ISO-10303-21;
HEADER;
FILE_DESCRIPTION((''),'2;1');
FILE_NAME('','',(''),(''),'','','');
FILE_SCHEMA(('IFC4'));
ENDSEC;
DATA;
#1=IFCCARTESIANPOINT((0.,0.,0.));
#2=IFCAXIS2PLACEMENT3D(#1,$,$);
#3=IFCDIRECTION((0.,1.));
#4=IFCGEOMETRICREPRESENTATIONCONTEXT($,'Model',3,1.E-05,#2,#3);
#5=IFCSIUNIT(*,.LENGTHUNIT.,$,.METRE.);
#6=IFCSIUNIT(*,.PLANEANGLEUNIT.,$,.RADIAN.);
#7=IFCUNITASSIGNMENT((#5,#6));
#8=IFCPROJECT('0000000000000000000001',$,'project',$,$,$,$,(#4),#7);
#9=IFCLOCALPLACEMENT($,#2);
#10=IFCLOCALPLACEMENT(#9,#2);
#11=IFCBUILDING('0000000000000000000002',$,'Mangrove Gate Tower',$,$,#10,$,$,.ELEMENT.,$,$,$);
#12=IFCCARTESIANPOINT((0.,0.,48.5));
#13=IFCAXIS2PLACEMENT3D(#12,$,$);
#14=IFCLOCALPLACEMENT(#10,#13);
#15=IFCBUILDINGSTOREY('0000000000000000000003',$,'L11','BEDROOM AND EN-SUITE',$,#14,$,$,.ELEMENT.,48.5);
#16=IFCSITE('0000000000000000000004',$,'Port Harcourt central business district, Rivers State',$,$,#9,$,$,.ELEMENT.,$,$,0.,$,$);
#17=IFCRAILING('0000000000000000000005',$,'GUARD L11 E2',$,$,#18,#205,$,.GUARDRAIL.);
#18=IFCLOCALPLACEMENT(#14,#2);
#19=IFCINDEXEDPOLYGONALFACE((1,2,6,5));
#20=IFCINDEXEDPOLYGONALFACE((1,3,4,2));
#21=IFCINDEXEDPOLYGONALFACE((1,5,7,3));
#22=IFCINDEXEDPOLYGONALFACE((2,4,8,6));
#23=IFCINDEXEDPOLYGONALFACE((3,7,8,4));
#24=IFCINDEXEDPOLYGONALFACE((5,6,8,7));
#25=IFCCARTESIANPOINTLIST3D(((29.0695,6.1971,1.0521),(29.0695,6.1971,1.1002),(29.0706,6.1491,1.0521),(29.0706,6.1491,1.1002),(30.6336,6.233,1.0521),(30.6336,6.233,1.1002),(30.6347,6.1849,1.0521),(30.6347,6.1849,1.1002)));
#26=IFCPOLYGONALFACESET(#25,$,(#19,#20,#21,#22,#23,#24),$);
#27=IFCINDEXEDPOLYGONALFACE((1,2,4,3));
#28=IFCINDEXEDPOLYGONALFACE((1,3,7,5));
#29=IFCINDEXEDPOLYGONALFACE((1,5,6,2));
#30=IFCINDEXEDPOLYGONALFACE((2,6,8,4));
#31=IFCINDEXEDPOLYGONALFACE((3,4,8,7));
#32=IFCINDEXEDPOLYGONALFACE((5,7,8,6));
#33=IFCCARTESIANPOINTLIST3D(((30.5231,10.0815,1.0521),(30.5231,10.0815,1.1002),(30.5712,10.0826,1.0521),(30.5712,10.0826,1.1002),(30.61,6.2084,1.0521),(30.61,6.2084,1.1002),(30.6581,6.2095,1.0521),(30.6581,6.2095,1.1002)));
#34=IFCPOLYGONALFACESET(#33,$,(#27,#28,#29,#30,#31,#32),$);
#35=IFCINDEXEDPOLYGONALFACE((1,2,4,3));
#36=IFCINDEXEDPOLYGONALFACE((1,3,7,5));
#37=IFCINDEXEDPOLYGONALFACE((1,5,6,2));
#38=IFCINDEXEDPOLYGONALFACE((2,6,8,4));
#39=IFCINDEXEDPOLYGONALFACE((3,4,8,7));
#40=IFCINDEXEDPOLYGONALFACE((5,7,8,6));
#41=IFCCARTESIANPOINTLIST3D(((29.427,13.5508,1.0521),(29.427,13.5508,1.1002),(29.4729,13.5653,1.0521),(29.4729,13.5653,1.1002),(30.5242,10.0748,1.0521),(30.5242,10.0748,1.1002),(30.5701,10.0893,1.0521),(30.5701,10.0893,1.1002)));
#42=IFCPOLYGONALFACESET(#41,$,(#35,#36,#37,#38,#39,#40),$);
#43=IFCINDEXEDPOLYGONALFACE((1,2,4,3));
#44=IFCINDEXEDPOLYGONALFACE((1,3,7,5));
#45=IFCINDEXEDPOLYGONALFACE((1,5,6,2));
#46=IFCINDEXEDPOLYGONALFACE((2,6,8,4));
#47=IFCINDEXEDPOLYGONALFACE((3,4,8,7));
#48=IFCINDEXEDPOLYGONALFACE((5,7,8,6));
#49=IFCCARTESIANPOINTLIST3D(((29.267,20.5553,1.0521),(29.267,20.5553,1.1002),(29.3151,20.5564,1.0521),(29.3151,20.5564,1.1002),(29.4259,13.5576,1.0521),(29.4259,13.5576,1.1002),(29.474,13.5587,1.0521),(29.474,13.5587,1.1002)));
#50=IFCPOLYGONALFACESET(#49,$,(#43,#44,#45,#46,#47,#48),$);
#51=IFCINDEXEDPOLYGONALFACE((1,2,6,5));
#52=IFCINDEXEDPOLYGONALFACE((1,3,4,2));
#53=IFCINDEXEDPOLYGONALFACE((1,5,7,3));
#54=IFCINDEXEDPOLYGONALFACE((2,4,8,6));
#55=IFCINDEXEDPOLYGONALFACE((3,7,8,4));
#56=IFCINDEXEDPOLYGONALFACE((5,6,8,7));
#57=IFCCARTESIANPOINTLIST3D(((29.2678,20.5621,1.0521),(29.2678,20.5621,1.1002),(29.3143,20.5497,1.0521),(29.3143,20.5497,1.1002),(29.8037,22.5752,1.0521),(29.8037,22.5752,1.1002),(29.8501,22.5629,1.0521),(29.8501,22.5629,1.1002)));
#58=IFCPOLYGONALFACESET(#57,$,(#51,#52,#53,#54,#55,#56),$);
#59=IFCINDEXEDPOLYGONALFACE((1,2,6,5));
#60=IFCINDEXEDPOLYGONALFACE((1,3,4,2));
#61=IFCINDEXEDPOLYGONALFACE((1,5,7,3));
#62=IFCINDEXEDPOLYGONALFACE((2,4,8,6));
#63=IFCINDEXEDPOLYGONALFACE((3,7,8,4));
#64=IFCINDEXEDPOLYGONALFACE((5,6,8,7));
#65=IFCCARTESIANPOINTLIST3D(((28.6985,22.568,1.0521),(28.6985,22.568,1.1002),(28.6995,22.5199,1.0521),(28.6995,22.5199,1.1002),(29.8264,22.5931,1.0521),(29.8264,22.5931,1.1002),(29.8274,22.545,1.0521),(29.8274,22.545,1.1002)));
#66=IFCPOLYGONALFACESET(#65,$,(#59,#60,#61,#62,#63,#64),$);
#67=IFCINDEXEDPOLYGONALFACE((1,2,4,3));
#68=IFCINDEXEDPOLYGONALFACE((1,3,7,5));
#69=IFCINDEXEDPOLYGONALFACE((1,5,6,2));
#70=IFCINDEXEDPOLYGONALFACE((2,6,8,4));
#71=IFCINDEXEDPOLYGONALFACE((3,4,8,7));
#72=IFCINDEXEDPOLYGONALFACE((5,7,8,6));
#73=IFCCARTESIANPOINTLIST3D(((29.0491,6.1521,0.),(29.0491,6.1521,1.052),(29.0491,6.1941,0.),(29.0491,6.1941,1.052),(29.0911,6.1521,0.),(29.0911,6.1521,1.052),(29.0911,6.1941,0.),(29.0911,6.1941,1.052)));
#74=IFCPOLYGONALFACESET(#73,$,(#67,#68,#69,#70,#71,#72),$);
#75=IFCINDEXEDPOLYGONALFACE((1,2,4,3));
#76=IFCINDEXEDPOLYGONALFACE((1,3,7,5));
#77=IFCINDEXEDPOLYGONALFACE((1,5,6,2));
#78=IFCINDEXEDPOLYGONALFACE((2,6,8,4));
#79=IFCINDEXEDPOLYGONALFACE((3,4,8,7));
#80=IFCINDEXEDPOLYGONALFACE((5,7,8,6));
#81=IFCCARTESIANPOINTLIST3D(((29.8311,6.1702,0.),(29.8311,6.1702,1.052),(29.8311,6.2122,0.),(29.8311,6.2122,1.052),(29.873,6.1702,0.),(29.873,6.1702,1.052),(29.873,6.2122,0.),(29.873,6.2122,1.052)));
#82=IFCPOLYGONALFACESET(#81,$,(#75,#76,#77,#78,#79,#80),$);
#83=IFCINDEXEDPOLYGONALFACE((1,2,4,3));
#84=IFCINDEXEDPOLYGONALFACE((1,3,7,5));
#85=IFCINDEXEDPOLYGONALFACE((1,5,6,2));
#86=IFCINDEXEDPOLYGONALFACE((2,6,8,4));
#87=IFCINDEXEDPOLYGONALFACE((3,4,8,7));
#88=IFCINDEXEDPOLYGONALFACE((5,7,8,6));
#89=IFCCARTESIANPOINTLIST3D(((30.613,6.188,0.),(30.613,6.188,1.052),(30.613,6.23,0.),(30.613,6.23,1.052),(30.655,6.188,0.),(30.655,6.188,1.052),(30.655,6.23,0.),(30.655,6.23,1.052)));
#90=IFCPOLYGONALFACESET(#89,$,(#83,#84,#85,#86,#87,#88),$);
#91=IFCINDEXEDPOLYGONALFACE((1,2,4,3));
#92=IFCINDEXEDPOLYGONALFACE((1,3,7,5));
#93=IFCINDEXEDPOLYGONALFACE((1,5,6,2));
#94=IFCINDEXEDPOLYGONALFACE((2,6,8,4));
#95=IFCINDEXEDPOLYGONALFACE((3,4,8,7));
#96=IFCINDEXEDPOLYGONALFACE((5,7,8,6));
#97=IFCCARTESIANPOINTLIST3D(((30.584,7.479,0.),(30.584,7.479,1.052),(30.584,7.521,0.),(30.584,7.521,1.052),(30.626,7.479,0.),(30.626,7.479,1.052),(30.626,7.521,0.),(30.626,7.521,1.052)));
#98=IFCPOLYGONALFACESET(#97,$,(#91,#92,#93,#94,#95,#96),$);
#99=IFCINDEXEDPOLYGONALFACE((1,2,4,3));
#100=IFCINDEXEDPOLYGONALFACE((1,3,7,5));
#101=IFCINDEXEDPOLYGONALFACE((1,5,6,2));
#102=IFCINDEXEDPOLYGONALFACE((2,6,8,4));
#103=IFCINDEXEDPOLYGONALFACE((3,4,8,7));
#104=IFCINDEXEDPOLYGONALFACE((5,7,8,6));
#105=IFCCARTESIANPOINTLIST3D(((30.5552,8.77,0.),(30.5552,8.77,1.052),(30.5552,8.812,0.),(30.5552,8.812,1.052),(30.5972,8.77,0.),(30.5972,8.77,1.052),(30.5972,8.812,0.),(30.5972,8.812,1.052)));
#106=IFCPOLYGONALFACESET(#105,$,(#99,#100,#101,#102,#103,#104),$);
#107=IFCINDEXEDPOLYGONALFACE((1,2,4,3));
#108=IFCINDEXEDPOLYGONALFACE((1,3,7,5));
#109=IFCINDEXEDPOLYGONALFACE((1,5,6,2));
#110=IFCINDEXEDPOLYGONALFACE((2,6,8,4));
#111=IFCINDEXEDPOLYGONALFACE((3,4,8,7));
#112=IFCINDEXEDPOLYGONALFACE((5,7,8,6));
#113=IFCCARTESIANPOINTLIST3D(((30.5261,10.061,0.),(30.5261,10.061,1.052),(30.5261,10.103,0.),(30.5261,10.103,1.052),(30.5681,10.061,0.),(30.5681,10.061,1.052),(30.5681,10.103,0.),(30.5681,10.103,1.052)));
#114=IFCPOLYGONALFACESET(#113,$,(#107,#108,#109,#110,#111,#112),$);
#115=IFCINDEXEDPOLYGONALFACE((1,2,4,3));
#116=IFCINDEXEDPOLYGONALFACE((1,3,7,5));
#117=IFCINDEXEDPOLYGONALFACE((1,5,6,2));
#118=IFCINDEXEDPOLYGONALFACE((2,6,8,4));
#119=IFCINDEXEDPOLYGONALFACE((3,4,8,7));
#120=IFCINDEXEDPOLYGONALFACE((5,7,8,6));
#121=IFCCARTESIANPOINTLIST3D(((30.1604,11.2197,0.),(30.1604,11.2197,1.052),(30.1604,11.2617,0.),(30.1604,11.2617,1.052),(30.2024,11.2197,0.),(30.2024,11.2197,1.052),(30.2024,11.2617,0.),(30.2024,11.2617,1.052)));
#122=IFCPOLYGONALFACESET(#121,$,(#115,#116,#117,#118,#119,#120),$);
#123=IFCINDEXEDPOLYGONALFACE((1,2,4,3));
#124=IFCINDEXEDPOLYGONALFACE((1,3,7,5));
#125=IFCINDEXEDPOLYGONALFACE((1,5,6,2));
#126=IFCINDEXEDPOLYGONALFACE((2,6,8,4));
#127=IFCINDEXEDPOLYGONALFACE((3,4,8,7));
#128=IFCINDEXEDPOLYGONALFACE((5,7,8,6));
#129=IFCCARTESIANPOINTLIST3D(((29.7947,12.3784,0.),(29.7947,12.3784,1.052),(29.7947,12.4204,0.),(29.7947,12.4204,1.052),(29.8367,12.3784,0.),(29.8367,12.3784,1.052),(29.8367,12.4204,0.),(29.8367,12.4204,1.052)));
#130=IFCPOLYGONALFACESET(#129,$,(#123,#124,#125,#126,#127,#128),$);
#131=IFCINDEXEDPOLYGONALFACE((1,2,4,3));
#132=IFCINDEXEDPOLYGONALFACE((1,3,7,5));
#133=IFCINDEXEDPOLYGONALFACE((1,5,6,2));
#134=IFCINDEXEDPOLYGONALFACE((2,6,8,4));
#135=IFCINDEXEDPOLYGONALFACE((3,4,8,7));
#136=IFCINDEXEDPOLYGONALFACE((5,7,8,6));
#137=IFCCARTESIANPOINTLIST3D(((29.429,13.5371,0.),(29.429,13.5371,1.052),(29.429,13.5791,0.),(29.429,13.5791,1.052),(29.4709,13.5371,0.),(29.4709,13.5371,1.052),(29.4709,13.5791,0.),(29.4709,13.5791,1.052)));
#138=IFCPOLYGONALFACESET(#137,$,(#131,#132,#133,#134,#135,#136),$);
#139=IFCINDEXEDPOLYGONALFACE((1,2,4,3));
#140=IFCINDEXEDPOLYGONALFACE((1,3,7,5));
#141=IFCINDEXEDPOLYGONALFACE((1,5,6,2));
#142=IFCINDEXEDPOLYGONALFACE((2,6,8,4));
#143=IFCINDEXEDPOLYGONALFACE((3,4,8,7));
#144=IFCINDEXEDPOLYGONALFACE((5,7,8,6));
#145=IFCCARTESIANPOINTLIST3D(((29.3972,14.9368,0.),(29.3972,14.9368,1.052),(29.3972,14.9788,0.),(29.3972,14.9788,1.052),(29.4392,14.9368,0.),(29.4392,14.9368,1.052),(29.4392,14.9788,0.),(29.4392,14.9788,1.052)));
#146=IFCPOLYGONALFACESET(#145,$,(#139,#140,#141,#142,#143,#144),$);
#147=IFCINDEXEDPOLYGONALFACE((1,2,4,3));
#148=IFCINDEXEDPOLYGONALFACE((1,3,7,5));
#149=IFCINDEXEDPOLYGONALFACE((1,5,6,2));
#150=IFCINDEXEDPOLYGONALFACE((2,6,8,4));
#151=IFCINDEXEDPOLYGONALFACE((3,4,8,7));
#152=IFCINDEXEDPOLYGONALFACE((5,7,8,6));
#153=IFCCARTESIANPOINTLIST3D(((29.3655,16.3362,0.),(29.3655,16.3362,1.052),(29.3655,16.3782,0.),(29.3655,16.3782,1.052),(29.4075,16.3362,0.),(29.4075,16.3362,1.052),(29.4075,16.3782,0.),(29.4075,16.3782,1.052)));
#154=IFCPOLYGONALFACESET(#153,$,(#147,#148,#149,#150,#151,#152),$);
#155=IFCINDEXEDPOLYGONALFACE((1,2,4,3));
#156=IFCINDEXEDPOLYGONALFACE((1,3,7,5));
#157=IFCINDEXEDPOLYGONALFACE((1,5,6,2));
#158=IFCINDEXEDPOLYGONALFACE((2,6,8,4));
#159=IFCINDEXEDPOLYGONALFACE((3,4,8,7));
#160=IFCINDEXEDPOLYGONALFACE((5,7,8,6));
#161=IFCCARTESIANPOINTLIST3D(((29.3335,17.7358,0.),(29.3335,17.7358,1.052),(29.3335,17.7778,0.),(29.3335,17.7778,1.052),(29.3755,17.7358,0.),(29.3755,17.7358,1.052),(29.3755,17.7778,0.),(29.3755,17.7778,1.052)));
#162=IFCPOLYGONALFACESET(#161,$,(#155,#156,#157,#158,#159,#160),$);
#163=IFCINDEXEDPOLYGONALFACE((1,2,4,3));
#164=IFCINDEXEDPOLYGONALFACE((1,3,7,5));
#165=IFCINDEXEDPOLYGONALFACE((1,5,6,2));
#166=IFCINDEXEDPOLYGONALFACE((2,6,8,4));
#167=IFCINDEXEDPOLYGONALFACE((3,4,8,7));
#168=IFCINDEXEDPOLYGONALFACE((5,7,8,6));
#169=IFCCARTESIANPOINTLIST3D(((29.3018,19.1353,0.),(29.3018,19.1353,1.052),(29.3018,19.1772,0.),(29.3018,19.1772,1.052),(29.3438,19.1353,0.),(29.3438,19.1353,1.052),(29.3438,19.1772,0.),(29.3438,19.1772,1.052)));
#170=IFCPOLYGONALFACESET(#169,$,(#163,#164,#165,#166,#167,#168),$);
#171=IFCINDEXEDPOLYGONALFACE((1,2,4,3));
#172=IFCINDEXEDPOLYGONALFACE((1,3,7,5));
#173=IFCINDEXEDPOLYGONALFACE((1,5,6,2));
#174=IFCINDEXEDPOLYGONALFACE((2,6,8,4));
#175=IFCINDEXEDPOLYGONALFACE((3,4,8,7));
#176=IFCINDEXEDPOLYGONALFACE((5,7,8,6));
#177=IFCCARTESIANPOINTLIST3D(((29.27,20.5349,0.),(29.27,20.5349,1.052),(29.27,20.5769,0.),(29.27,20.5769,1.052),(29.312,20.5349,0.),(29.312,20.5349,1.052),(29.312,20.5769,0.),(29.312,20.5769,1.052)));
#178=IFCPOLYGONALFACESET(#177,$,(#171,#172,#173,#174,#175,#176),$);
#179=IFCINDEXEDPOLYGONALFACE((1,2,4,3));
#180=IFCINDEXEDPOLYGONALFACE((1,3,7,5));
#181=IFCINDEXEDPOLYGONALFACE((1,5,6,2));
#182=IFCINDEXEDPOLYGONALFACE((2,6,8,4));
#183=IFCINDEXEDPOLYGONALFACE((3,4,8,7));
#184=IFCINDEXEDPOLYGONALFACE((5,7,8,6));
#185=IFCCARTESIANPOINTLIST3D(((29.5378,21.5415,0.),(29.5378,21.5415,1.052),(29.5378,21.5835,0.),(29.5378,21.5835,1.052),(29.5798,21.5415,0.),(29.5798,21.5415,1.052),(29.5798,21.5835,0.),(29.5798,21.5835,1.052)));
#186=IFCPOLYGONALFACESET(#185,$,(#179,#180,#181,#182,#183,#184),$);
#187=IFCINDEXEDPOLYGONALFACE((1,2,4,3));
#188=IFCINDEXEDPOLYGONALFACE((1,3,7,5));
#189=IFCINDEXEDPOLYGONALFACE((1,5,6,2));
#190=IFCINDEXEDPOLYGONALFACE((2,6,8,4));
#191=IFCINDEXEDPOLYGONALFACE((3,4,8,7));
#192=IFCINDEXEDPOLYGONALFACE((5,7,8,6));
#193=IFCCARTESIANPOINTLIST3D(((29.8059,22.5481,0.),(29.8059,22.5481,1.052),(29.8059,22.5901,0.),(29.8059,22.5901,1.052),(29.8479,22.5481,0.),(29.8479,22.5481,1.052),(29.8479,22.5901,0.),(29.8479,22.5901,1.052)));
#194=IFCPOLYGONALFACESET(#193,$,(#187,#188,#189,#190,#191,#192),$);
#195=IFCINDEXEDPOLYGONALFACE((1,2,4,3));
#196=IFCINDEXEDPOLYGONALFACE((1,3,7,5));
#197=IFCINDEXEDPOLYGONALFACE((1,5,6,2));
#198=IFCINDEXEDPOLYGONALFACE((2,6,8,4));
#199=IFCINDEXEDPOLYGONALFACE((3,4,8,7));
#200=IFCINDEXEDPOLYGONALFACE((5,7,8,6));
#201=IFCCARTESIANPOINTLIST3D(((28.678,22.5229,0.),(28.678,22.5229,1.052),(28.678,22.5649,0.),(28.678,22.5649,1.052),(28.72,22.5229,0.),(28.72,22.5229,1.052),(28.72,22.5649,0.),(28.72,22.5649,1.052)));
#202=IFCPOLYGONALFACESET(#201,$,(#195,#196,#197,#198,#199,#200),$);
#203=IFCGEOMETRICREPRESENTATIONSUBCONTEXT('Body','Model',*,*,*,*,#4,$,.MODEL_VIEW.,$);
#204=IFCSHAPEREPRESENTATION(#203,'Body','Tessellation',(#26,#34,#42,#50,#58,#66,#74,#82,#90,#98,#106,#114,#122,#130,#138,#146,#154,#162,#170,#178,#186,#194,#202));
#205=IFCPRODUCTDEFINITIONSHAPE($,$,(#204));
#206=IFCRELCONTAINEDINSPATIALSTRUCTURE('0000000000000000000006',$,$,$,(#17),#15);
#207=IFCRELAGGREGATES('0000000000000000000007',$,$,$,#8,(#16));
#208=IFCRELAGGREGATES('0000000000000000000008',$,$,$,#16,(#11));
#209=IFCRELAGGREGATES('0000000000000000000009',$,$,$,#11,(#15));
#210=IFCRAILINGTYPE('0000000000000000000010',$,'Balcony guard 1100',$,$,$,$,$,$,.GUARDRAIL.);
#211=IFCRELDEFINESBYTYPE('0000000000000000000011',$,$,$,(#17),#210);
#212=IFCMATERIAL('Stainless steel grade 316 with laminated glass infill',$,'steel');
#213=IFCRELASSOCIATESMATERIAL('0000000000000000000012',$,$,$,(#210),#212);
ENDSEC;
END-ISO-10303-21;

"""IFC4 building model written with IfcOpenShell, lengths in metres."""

from ifc_helpers import new_model, si_unit, direction, frame, origin, origin_2d, place, context, subcontext, project, spatial, rectangle, extrude, material, type_object, element, save


model = new_model("IFC4")

# Units and contexts
model_context = context("Model", 3, precision=1e-05, world=origin(), true_north=direction((0.0, 1.0)))
body_context = subcontext(model_context, "Body", "Model", "MODEL_VIEW")
ifc_project = project(units=[si_unit("LENGTHUNIT", "METRE"), si_unit("PLANEANGLEUNIT", "RADIAN")], contexts=[model_context])

# Site, building, storey
site_placement = place(None, origin())
site = spatial("IfcSite", under=ifc_project, at=site_placement, Name="Port Harcourt central business district, Rivers State", CompositionType="ELEMENT", RefElevation=0.0)
building_placement = place(site_placement, origin())
building = spatial("IfcBuilding", under=site, at=building_placement, Name="Mangrove Gate Tower", CompositionType="ELEMENT")
storey_placement = place(building_placement, frame((0.0, 0.0, 48.5)))
storey = spatial("IfcBuildingStorey", under=building, at=storey_placement, Name="L11", Description="BEDROOM AND EN-SUITE", CompositionType="ELEMENT", Elevation=48.5)

# Railing
ifc_material_1 = material(Name="Stainless steel grade 316 with laminated glass infill", Category="steel")
railing_type = type_object("IfcRailingType", Name="Balcony guard 1100", PredefinedType="GUARDRAIL", material=ifc_material_1)
railing_placement = place(storey_placement, frame((29.0701, 6.1731, 0.0)))
element("IfcRailing", 1, at=railing_placement, inside=storey, type_object=railing_type, Name="GUARD L11 E2", PredefinedType="GUARDRAIL", context=body_context, shape_type="SweptSolid", body=[
    extrude(rectangle(XDim=0.0481, YDim=0.0481, at=origin_2d()), frame((0.0, 0.0, 1.0762), z_axis=(0.999737, 0.022941, 0.0), x_axis=(-0.022941, 0.999737, 0.0)), (0.0, 0.0, 1.0), 1.5645),
    extrude(rectangle(XDim=0.0481, YDim=0.0481, at=origin_2d()), frame((1.564, 0.0359, 1.0762), z_axis=(-0.022435, 0.999748, 0.0), x_axis=(-0.999748, -0.022435, 0.0)), (0.0, 0.0, 1.0), 3.874),
    extrude(rectangle(XDim=0.0481, YDim=0.0481, at=origin_2d()), frame((1.4771, 3.9089, 1.0762), z_axis=(-0.300997, 0.953625, 0.0), x_axis=(-0.953625, -0.300997, 0.0)), (0.0, 0.0, 1.0), 3.645),
    extrude(rectangle(XDim=0.0481, YDim=0.0481, at=origin_2d()), frame((0.3799, 7.385, 1.0762), z_axis=(-0.022706, 0.999742, 0.0), x_axis=(-0.999742, -0.022706, 0.0)), (0.0, 0.0, 1.0), 6.9995),
    extrude(rectangle(XDim=0.0481, YDim=0.0481, at=origin_2d()), frame((0.2209, 14.3828, 1.0762), z_axis=(0.257232, 0.96635, 0.0), x_axis=(-0.96635, 0.257232, 0.0)), (0.0, 0.0, 1.0), 2.0833),
    extrude(rectangle(XDim=0.0481, YDim=0.0481, at=origin_2d()), frame((0.7568, 16.396, 1.0762), z_axis=(-0.999752, -0.022289, 0.0), x_axis=(0.022289, -0.999752, 0.0)), (0.0, 0.0, 1.0), 1.1282),
    extrude(rectangle(XDim=0.042, YDim=0.042, at=origin_2d()), origin(), (0.0, 0.0, 1.0), 1.052),
    extrude(rectangle(XDim=0.042, YDim=0.042, at=origin_2d()), frame((0.782, 0.0181, 0.0)), (0.0, 0.0, 1.0), 1.052),
    extrude(rectangle(XDim=0.042, YDim=0.042, at=origin_2d()), frame((1.564, 0.0359, 0.0)), (0.0, 0.0, 1.0), 1.052),
    extrude(rectangle(XDim=0.042, YDim=0.042, at=origin_2d()), frame((1.5349, 1.3269, 0.0)), (0.0, 0.0, 1.0), 1.052),
    extrude(rectangle(XDim=0.042, YDim=0.042, at=origin_2d()), frame((1.5061, 2.6179, 0.0)), (0.0, 0.0, 1.0), 1.052),
    extrude(rectangle(XDim=0.042, YDim=0.042, at=origin_2d()), frame((1.4771, 3.9089, 0.0)), (0.0, 0.0, 1.0), 1.052),
    extrude(rectangle(XDim=0.042, YDim=0.042, at=origin_2d()), frame((1.1113, 5.0676, 0.0)), (0.0, 0.0, 1.0), 1.052),
    extrude(rectangle(XDim=0.042, YDim=0.042, at=origin_2d()), frame((0.7456, 6.2263, 0.0)), (0.0, 0.0, 1.0), 1.052),
    extrude(rectangle(XDim=0.042, YDim=0.042, at=origin_2d()), frame((0.3799, 7.385, 0.0)), (0.0, 0.0, 1.0), 1.052),
    extrude(rectangle(XDim=0.042, YDim=0.042, at=origin_2d()), frame((0.3481, 8.7847, 0.0)), (0.0, 0.0, 1.0), 1.052),
    extrude(rectangle(XDim=0.042, YDim=0.042, at=origin_2d()), frame((0.3164, 10.1841, 0.0)), (0.0, 0.0, 1.0), 1.052),
    extrude(rectangle(XDim=0.042, YDim=0.042, at=origin_2d()), frame((0.2844, 11.5837, 0.0)), (0.0, 0.0, 1.0), 1.052),
    extrude(rectangle(XDim=0.042, YDim=0.042, at=origin_2d()), frame((0.2527, 12.9832, 0.0)), (0.0, 0.0, 1.0), 1.052),
    extrude(rectangle(XDim=0.042, YDim=0.042, at=origin_2d()), frame((0.2209, 14.3828, 0.0)), (0.0, 0.0, 1.0), 1.052),
    extrude(rectangle(XDim=0.042, YDim=0.042, at=origin_2d()), frame((0.4888, 15.3894, 0.0)), (0.0, 0.0, 1.0), 1.052),
    extrude(rectangle(XDim=0.042, YDim=0.042, at=origin_2d()), frame((0.7568, 16.396, 0.0)), (0.0, 0.0, 1.0), 1.052),
    extrude(rectangle(XDim=0.042, YDim=0.042, at=origin_2d()), frame((-0.3711, 16.3708, 0.0)), (0.0, 0.0, 1.0), 1.052),
])

save(model, "model.ifc")
